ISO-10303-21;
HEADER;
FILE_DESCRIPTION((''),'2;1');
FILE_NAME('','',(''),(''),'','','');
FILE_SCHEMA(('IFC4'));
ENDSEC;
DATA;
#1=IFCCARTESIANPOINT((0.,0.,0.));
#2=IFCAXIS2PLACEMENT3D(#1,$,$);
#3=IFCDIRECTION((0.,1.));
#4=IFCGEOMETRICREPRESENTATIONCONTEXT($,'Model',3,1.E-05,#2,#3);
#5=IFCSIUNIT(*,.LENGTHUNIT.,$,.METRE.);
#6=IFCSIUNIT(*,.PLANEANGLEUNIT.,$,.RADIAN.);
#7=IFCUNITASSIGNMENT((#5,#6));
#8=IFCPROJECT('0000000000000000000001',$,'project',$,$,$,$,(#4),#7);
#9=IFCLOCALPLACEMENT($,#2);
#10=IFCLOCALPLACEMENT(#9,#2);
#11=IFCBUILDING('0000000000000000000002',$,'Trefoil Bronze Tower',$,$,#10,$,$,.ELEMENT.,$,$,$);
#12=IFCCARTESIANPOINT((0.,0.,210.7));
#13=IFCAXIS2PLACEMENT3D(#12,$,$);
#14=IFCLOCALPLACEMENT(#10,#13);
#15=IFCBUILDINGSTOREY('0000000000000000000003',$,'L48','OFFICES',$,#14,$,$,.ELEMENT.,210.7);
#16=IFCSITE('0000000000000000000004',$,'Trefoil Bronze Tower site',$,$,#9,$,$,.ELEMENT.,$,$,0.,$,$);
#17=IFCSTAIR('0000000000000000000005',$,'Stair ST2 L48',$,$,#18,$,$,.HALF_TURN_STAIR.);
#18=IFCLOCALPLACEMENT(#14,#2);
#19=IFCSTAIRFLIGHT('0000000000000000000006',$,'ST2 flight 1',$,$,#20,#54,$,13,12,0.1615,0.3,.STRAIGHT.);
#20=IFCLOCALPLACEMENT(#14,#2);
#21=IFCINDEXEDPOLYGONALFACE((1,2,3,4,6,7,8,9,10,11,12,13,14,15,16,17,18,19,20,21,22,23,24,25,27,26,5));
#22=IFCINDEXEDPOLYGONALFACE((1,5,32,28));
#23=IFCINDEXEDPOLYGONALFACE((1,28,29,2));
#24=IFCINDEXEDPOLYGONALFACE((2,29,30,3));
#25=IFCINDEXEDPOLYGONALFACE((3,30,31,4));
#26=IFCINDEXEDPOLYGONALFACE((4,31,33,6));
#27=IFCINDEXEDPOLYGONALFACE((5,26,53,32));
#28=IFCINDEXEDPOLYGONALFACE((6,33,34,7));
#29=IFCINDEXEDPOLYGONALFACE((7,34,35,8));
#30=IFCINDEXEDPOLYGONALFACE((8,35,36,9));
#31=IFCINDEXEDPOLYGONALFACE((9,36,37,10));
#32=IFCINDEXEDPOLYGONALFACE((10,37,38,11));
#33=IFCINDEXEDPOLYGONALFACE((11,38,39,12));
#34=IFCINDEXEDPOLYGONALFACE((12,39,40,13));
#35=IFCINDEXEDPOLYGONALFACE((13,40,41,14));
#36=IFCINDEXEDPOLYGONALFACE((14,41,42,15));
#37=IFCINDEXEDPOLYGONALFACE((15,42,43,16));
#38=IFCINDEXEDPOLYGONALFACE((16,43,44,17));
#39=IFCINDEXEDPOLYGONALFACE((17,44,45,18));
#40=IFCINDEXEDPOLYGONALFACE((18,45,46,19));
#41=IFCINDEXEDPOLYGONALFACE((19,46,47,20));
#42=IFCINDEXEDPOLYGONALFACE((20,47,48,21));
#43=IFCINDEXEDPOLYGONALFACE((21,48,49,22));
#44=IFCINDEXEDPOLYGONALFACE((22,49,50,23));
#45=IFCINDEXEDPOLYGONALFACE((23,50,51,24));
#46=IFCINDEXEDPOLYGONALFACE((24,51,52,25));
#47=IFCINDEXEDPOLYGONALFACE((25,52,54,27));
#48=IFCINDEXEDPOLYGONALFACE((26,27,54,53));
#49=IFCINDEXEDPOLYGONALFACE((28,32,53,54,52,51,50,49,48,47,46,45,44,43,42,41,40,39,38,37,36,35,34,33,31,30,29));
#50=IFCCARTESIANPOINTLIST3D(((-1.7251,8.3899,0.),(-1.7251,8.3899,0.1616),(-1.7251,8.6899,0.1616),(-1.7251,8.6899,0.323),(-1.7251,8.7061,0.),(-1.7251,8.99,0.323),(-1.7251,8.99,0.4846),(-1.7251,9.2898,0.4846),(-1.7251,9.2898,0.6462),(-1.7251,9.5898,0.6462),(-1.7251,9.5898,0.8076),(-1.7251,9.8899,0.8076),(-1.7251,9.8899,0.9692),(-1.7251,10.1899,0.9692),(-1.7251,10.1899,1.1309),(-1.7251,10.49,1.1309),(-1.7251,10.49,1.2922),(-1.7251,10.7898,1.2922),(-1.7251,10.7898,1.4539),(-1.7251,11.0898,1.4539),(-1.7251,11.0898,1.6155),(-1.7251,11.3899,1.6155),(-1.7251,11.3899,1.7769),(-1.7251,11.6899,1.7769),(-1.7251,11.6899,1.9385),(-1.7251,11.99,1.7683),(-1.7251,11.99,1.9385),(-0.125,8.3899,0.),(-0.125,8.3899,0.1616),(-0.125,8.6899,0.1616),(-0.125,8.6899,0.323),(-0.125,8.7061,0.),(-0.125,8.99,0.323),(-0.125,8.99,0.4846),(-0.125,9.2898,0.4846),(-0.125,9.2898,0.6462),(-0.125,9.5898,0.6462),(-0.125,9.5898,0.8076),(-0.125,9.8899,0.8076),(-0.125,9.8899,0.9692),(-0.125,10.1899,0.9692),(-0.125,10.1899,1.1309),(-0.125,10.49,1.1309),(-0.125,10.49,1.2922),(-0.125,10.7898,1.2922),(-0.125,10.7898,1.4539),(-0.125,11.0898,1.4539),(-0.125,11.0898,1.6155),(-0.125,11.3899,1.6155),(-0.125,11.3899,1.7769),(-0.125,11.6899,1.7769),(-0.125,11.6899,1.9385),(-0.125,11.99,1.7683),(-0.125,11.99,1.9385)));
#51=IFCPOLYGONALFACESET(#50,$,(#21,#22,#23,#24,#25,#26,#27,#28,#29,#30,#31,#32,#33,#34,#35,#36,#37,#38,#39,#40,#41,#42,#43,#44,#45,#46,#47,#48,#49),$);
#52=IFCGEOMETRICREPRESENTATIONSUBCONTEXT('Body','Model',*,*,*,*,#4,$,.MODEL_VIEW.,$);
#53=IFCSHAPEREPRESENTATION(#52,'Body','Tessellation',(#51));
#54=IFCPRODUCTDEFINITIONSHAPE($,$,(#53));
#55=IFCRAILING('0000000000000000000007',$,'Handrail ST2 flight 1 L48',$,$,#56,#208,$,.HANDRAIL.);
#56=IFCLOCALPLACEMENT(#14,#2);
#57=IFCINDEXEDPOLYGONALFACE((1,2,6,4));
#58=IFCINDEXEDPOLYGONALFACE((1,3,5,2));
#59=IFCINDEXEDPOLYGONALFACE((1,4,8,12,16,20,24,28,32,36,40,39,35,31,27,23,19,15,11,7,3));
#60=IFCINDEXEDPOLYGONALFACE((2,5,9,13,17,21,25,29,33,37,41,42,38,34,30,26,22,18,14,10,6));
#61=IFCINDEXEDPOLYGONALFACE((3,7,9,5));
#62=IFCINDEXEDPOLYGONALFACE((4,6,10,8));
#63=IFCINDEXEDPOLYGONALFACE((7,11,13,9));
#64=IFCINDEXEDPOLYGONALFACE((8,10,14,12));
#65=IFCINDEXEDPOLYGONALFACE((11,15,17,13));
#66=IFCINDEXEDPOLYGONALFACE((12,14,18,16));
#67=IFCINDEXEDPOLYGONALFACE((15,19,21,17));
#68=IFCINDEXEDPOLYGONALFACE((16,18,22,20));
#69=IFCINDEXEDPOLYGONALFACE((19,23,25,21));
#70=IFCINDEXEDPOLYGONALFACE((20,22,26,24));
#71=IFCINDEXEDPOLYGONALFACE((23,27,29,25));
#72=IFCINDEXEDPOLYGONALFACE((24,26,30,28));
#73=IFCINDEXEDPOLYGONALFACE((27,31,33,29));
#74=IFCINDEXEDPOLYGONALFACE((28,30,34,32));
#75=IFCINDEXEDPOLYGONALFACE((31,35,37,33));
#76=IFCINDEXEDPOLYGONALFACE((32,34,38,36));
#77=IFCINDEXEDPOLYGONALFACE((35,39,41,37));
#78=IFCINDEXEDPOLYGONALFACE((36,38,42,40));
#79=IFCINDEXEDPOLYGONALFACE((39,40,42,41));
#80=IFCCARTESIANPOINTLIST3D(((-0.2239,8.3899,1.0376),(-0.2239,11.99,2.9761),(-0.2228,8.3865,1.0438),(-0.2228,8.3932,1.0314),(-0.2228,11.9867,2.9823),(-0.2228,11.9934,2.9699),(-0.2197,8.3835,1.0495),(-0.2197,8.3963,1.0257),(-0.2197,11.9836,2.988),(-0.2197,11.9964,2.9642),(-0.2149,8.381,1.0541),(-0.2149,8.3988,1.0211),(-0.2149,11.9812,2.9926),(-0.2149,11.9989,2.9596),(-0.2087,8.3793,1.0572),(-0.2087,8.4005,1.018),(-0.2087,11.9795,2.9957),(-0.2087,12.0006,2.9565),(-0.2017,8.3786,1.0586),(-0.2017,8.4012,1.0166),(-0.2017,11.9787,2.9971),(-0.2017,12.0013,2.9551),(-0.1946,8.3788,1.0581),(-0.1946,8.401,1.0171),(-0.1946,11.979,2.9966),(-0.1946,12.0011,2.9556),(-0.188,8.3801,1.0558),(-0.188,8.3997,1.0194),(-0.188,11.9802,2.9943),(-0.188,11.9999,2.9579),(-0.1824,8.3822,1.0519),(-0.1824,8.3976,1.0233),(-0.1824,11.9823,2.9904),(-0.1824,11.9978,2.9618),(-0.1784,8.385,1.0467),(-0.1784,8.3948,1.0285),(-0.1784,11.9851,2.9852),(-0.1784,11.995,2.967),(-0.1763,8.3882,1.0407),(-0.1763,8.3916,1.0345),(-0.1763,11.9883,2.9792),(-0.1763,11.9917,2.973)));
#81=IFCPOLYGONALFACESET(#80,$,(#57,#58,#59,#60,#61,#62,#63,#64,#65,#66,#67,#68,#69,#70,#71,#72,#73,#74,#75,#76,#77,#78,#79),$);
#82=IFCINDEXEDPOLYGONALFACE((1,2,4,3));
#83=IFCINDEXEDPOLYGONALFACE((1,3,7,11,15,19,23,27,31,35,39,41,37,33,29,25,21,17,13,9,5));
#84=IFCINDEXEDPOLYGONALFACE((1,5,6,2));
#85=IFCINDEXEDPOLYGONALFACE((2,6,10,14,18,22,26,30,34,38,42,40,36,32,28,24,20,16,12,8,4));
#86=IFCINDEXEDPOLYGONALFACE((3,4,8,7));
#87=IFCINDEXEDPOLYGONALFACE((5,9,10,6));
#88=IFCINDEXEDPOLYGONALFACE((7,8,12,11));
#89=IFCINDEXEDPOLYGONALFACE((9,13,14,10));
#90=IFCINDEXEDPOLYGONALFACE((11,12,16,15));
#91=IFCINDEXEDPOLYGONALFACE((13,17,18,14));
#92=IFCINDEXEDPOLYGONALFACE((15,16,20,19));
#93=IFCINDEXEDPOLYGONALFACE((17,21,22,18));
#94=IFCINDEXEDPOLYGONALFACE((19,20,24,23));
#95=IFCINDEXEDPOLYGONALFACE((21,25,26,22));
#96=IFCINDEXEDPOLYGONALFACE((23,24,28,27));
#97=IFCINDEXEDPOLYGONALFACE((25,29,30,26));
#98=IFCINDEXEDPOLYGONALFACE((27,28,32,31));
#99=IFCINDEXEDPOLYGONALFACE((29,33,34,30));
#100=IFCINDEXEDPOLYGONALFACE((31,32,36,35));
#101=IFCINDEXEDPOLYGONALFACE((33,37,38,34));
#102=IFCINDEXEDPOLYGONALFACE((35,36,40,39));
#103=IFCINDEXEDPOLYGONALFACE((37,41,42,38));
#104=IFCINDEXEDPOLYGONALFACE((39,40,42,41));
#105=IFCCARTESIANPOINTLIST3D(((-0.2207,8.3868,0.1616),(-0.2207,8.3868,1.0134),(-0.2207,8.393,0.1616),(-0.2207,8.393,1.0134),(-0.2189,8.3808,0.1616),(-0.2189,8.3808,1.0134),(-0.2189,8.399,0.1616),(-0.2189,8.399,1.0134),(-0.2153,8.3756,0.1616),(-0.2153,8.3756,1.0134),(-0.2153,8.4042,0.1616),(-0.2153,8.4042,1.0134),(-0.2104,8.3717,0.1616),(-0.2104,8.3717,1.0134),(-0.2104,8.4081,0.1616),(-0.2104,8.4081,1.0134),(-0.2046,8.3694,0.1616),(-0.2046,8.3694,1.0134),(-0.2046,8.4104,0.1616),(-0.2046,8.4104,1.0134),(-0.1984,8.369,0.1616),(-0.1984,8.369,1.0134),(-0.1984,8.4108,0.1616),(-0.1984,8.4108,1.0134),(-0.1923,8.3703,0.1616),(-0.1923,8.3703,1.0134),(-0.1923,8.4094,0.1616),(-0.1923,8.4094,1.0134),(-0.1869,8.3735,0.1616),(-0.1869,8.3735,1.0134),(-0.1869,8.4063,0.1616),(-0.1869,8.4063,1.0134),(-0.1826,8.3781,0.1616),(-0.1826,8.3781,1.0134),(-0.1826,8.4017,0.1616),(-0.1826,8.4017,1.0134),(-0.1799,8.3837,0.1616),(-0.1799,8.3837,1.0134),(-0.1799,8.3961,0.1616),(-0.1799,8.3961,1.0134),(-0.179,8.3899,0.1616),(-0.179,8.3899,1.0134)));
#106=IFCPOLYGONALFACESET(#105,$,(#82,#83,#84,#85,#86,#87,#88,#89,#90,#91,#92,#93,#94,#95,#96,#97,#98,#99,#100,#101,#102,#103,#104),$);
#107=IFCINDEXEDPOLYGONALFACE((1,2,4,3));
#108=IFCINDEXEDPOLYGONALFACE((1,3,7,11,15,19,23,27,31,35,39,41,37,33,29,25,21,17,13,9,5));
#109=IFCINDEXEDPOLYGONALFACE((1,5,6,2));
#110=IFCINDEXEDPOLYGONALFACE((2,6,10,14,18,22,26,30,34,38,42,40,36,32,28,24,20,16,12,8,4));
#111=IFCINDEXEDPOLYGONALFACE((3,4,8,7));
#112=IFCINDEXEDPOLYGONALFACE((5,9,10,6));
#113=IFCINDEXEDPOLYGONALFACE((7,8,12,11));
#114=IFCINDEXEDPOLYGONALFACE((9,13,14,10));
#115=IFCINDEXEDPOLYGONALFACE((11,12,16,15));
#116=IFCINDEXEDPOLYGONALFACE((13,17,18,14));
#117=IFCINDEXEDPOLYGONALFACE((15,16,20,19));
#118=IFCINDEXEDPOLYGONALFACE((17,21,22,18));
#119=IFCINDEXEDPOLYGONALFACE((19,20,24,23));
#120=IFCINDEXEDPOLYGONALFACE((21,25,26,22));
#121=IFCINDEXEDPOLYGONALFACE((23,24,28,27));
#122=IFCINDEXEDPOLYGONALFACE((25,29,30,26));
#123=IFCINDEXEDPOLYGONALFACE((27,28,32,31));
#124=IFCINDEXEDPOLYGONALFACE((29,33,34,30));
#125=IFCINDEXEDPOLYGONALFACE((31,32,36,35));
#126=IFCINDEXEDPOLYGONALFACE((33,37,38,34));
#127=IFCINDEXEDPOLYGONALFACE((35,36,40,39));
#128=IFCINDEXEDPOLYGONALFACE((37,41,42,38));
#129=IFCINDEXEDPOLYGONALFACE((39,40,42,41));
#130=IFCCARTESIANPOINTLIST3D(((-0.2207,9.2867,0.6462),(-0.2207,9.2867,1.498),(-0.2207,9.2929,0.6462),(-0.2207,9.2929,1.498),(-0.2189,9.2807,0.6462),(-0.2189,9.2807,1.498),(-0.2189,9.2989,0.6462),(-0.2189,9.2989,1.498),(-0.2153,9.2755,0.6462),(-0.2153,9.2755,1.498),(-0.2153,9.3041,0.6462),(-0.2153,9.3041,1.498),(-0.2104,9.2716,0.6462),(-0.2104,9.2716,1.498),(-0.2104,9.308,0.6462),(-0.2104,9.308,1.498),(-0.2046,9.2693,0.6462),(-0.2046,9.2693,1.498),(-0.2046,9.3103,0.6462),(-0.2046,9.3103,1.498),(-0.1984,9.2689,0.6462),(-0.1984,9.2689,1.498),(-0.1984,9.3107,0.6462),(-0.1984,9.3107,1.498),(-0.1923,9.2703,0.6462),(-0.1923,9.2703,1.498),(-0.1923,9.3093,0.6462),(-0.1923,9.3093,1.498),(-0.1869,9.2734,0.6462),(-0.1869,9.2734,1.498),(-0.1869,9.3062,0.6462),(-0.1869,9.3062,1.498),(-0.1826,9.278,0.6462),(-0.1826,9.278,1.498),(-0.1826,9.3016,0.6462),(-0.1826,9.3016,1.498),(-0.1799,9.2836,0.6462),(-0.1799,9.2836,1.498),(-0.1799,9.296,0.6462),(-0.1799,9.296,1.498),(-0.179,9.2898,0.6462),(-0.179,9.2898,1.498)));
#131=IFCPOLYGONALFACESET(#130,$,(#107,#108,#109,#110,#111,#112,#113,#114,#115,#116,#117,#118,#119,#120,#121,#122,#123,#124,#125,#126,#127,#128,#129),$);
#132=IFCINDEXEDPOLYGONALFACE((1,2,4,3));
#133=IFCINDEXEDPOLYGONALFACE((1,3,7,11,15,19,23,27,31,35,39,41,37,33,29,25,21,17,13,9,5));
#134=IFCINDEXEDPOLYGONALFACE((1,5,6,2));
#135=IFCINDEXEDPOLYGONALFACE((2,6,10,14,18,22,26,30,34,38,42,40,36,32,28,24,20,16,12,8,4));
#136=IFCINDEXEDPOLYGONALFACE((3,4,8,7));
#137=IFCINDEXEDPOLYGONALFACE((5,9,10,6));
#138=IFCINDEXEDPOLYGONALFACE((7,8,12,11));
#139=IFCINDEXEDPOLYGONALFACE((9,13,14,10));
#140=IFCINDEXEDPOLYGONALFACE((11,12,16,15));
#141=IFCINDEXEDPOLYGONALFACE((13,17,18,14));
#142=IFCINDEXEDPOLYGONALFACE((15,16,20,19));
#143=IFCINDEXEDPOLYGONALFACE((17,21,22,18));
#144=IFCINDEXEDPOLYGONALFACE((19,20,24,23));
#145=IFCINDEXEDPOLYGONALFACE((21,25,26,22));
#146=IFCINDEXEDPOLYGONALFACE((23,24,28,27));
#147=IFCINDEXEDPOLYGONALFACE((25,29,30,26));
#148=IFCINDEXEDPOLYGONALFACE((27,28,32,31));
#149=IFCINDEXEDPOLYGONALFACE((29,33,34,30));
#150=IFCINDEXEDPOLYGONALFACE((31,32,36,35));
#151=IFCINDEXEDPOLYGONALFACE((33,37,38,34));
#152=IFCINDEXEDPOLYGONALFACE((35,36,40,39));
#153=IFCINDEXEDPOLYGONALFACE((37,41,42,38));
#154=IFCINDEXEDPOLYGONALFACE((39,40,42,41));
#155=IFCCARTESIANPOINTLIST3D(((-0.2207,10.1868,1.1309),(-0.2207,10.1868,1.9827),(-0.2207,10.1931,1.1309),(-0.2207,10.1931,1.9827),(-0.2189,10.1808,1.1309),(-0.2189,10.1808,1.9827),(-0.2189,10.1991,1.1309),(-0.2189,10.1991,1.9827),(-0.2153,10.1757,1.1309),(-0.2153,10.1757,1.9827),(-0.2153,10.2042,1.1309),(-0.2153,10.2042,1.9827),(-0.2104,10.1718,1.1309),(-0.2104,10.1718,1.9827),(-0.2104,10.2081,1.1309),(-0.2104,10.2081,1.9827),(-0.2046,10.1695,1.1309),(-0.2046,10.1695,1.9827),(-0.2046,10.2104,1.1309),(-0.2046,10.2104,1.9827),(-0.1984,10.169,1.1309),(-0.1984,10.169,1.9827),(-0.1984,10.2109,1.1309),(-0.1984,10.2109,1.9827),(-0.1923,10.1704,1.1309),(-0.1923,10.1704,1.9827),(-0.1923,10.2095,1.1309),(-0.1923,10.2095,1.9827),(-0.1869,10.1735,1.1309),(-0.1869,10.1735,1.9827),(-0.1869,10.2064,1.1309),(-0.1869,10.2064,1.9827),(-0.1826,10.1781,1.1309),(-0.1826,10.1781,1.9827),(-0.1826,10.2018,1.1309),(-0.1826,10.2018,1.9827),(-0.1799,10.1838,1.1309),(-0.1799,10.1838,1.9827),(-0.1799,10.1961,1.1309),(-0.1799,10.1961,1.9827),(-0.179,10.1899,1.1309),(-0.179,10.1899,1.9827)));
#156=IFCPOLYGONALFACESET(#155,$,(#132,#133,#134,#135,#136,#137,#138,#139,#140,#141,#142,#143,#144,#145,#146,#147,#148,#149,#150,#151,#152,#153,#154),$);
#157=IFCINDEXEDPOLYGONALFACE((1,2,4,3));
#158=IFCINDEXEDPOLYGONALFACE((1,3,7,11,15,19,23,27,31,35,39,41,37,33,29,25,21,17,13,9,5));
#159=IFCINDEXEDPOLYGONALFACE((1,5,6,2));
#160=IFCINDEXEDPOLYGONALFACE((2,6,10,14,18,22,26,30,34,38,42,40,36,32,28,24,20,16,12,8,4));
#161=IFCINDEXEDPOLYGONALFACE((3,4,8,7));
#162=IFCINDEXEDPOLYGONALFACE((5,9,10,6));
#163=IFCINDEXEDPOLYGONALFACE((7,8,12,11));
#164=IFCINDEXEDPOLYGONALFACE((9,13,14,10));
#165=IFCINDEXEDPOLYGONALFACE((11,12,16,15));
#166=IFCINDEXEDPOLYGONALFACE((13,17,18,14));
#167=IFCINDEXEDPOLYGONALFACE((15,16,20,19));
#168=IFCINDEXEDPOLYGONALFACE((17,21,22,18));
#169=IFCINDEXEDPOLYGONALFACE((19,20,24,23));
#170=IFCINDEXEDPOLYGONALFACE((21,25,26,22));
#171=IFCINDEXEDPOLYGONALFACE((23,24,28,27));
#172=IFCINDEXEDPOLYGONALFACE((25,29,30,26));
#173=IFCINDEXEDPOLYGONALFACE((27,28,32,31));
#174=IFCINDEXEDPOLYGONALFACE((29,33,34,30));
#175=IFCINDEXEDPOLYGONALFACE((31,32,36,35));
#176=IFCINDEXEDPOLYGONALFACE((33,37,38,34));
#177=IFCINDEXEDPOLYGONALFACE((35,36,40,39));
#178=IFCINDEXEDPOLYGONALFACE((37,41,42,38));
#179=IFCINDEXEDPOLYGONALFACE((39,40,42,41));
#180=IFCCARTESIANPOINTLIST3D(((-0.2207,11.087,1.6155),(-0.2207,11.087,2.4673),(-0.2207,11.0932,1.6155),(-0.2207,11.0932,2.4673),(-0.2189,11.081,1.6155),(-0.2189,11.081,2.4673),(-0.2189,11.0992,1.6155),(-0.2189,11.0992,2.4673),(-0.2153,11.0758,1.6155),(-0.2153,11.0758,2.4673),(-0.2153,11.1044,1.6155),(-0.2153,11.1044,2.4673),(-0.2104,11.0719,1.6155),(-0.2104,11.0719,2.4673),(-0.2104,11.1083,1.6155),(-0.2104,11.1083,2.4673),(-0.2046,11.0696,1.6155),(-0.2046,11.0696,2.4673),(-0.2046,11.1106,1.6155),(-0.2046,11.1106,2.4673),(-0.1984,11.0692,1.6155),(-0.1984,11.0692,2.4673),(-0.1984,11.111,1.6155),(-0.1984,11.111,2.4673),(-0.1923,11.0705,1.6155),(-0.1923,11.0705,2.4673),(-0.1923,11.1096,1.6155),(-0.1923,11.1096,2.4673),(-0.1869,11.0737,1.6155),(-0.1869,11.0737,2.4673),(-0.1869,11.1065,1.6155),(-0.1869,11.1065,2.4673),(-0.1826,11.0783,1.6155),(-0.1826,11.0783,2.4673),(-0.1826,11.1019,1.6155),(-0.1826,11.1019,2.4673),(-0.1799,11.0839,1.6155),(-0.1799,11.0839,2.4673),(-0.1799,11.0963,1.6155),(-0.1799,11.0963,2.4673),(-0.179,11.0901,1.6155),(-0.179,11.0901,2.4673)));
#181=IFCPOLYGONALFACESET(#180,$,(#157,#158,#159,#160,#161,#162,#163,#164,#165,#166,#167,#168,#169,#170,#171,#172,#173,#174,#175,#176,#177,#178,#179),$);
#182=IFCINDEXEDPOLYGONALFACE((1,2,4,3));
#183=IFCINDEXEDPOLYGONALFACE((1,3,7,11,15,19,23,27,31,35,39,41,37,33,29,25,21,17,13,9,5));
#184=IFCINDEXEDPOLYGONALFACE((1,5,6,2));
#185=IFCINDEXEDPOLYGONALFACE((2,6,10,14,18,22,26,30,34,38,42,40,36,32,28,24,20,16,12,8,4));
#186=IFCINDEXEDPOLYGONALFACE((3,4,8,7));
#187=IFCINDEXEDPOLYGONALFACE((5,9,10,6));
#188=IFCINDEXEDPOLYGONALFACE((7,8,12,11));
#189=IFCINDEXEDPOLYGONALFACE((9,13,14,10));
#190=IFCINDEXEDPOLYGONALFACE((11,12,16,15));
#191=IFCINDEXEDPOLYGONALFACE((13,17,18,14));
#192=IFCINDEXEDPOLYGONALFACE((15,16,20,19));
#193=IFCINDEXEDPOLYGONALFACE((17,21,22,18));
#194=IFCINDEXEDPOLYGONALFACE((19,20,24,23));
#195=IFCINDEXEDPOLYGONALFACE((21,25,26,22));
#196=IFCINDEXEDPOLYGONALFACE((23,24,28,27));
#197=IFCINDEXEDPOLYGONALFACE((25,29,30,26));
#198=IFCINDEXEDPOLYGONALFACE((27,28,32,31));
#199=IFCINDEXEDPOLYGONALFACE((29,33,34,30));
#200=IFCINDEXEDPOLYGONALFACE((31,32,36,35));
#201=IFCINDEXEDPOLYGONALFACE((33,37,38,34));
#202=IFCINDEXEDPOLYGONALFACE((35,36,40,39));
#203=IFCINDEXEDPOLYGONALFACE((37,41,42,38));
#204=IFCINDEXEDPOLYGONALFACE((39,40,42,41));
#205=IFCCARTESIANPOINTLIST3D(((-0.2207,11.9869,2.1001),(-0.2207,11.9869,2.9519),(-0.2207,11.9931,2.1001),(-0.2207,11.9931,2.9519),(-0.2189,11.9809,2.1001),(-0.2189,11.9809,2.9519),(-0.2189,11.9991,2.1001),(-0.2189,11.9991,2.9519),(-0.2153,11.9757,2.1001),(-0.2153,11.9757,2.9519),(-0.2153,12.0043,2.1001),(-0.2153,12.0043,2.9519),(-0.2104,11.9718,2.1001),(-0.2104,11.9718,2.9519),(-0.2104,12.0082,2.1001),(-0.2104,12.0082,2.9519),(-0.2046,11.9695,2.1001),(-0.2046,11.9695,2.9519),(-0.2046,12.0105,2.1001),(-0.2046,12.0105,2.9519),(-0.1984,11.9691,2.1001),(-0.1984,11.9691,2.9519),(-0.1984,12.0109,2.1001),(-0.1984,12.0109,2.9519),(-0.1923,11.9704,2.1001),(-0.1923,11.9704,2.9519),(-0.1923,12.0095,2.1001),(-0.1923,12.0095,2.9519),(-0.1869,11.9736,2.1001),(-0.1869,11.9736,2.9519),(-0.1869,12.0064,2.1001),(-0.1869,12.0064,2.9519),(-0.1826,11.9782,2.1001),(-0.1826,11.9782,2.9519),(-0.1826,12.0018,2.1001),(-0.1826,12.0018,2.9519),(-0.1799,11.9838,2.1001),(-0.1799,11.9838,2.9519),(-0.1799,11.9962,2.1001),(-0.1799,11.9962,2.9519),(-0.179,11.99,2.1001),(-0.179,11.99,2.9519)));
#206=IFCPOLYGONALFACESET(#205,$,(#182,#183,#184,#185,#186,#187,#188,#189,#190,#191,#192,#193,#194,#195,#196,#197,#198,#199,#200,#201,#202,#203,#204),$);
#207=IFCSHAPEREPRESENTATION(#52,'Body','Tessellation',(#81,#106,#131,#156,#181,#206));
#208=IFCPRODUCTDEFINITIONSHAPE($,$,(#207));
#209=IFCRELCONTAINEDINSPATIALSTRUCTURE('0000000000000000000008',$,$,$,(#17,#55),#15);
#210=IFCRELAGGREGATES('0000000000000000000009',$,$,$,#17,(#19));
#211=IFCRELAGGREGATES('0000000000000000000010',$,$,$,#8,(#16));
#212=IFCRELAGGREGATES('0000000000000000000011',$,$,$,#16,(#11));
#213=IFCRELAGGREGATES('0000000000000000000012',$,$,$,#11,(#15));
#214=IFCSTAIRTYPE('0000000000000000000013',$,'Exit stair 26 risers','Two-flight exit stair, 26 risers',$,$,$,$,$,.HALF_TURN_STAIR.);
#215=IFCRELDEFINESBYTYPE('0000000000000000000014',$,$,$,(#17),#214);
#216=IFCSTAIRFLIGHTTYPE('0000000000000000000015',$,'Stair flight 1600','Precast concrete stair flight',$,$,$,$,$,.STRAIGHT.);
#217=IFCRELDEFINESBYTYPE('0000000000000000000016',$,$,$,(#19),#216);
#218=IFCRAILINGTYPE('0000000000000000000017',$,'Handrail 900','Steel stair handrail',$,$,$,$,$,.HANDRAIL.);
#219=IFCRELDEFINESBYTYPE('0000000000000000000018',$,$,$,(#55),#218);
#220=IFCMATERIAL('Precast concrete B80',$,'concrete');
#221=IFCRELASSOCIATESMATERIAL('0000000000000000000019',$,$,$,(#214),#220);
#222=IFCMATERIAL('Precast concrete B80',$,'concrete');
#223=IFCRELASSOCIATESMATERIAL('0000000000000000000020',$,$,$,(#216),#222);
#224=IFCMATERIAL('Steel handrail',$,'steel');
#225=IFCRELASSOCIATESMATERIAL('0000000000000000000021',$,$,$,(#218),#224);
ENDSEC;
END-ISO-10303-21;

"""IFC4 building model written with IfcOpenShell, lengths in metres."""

from ifc_helpers import new_model, si_unit, direction, frame, origin, origin_2d, place, context, subcontext, project, spatial, polyline, circle, outline, extrude, material, type_object, element, aggregate, save


model = new_model("IFC4")

# Units and contexts
model_context = context("Model", 3, precision=1e-05, world=origin(), true_north=direction((0.0, 1.0)))
body_context = subcontext(model_context, "Body", "Model", "MODEL_VIEW")
ifc_project = project(units=[si_unit("LENGTHUNIT", "METRE"), si_unit("PLANEANGLEUNIT", "RADIAN")], contexts=[model_context])

# Site, building, storey
site_placement = place(None, origin())
site = spatial("IfcSite", under=ifc_project, at=site_placement, Name="Trefoil Bronze Tower site", CompositionType="ELEMENT", RefElevation=0.0)
building_placement = place(site_placement, origin())
building = spatial("IfcBuilding", under=site, at=building_placement, Name="Trefoil Bronze Tower", CompositionType="ELEMENT")
storey_placement = place(building_placement, frame((0.0, 0.0, 210.7)))
storey = spatial("IfcBuildingStorey", under=building, at=storey_placement, Name="L48", Description="OFFICES", CompositionType="ELEMENT", Elevation=210.7)

# Stair, stair flight
ifc_material_1 = material(Name="Precast concrete B80", Category="concrete")
stair_type = type_object("IfcStairType", Name="Exit stair 26 risers", Description="Two-flight exit stair, 26 risers", PredefinedType="HALF_TURN_STAIR", material=ifc_material_1)
stair_placement = place(storey_placement, origin())
stair = element("IfcStair", 1, at=stair_placement, inside=storey, type_object=stair_type, Name="Stair ST2 L48", PredefinedType="HALF_TURN_STAIR")
ifc_material_2 = material(Name="Precast concrete B80", Category="concrete")
stair_flight_type = type_object("IfcStairFlightType", Name="Stair flight 1600", Description="Precast concrete stair flight", PredefinedType="STRAIGHT", material=ifc_material_2)
stair_flight_placement = place(storey_placement, frame((-0.925, 8.3899, 0.0), z_axis=(0.0, 0.0, 1.0), x_axis=(0.0, 1.0, 0.0)))
stair_flight = element("IfcStairFlight", 2, at=stair_flight_placement, type_object=stair_flight_type, Name="ST2 flight 1", NumberOfRisers=13, NumberOfTreads=12, PredefinedType="STRAIGHT", RiserHeight=0.1615, TreadLength=0.3, context=body_context, shape_type="SweptSolid", body=[
    extrude(outline(polyline([(0.0, 0.0), (0.0, 0.1616), (0.3, 0.1616), (0.3, 0.323), (0.6001, 0.323), (0.6001, 0.4846), (0.8999, 0.4846), (0.8999, 0.6462), (1.2, 0.6462), (1.2, 0.8076), (1.5, 0.8076), (1.5, 0.9692), (1.8, 0.9692), (1.8, 1.1309), (2.1001, 1.1309), (2.1001, 1.2922), (2.3999, 1.2922), (2.3999, 1.4539), (2.7, 1.4539), (2.7, 1.6155), (3.0, 1.6155), (3.0, 1.7769), (3.3, 1.7769), (3.3, 1.9385), (3.6001, 1.9385), (3.6001, 2.1001), (3.6001, 1.7683), (0.3162, 0.0), (0.0, 0.0)])), frame((0.0, 0.8, 0.0), z_axis=(0.0, -1.0, 0.0), x_axis=(1.0, 0.0, 0.0)), (0.0, 0.0, 1.0), 1.6001),
])
aggregate(stair, [stair_flight])

# Railing
ifc_material_3 = material(Name="Steel handrail", Category="steel")
railing_type = type_object("IfcRailingType", Name="Handrail 900", Description="Steel stair handrail", PredefinedType="HANDRAIL", material=ifc_material_3)
railing_placement = place(storey_placement, frame((-0.2, 8.3899, 0.1616)))
element("IfcRailing", 3, at=railing_placement, inside=storey, type_object=railing_type, Name="Handrail ST2 flight 1 L48", PredefinedType="HANDRAIL", context=body_context, shape_type="SweptSolid", body=[
    extrude(circle(Radius=0.0239, at=origin_2d()), frame((0.0, 0.0, 0.876), z_axis=(0.0, 0.880475, 0.474093), x_axis=(-1.0, 0.0, 0.0)), (0.0, 0.0, 1.0), 4.0889),
    extrude(circle(Radius=0.021, at=origin_2d()), origin(), (0.0, 0.0, 1.0), 0.8518),
    extrude(circle(Radius=0.021, at=origin_2d()), frame((0.0, 0.8999, 0.4846)), (0.0, 0.0, 1.0), 0.8518),
    extrude(circle(Radius=0.021, at=origin_2d()), frame((0.0, 1.8, 0.9692)), (0.0, 0.0, 1.0), 0.8518),
    extrude(circle(Radius=0.021, at=origin_2d()), frame((0.0, 2.7002, 1.4539)), (0.0, 0.0, 1.0), 0.8518),
    extrude(circle(Radius=0.021, at=origin_2d()), frame((0.0, 3.6001, 1.9385)), (0.0, 0.0, 1.0), 0.8518),
])

save(model, "model.ifc")
